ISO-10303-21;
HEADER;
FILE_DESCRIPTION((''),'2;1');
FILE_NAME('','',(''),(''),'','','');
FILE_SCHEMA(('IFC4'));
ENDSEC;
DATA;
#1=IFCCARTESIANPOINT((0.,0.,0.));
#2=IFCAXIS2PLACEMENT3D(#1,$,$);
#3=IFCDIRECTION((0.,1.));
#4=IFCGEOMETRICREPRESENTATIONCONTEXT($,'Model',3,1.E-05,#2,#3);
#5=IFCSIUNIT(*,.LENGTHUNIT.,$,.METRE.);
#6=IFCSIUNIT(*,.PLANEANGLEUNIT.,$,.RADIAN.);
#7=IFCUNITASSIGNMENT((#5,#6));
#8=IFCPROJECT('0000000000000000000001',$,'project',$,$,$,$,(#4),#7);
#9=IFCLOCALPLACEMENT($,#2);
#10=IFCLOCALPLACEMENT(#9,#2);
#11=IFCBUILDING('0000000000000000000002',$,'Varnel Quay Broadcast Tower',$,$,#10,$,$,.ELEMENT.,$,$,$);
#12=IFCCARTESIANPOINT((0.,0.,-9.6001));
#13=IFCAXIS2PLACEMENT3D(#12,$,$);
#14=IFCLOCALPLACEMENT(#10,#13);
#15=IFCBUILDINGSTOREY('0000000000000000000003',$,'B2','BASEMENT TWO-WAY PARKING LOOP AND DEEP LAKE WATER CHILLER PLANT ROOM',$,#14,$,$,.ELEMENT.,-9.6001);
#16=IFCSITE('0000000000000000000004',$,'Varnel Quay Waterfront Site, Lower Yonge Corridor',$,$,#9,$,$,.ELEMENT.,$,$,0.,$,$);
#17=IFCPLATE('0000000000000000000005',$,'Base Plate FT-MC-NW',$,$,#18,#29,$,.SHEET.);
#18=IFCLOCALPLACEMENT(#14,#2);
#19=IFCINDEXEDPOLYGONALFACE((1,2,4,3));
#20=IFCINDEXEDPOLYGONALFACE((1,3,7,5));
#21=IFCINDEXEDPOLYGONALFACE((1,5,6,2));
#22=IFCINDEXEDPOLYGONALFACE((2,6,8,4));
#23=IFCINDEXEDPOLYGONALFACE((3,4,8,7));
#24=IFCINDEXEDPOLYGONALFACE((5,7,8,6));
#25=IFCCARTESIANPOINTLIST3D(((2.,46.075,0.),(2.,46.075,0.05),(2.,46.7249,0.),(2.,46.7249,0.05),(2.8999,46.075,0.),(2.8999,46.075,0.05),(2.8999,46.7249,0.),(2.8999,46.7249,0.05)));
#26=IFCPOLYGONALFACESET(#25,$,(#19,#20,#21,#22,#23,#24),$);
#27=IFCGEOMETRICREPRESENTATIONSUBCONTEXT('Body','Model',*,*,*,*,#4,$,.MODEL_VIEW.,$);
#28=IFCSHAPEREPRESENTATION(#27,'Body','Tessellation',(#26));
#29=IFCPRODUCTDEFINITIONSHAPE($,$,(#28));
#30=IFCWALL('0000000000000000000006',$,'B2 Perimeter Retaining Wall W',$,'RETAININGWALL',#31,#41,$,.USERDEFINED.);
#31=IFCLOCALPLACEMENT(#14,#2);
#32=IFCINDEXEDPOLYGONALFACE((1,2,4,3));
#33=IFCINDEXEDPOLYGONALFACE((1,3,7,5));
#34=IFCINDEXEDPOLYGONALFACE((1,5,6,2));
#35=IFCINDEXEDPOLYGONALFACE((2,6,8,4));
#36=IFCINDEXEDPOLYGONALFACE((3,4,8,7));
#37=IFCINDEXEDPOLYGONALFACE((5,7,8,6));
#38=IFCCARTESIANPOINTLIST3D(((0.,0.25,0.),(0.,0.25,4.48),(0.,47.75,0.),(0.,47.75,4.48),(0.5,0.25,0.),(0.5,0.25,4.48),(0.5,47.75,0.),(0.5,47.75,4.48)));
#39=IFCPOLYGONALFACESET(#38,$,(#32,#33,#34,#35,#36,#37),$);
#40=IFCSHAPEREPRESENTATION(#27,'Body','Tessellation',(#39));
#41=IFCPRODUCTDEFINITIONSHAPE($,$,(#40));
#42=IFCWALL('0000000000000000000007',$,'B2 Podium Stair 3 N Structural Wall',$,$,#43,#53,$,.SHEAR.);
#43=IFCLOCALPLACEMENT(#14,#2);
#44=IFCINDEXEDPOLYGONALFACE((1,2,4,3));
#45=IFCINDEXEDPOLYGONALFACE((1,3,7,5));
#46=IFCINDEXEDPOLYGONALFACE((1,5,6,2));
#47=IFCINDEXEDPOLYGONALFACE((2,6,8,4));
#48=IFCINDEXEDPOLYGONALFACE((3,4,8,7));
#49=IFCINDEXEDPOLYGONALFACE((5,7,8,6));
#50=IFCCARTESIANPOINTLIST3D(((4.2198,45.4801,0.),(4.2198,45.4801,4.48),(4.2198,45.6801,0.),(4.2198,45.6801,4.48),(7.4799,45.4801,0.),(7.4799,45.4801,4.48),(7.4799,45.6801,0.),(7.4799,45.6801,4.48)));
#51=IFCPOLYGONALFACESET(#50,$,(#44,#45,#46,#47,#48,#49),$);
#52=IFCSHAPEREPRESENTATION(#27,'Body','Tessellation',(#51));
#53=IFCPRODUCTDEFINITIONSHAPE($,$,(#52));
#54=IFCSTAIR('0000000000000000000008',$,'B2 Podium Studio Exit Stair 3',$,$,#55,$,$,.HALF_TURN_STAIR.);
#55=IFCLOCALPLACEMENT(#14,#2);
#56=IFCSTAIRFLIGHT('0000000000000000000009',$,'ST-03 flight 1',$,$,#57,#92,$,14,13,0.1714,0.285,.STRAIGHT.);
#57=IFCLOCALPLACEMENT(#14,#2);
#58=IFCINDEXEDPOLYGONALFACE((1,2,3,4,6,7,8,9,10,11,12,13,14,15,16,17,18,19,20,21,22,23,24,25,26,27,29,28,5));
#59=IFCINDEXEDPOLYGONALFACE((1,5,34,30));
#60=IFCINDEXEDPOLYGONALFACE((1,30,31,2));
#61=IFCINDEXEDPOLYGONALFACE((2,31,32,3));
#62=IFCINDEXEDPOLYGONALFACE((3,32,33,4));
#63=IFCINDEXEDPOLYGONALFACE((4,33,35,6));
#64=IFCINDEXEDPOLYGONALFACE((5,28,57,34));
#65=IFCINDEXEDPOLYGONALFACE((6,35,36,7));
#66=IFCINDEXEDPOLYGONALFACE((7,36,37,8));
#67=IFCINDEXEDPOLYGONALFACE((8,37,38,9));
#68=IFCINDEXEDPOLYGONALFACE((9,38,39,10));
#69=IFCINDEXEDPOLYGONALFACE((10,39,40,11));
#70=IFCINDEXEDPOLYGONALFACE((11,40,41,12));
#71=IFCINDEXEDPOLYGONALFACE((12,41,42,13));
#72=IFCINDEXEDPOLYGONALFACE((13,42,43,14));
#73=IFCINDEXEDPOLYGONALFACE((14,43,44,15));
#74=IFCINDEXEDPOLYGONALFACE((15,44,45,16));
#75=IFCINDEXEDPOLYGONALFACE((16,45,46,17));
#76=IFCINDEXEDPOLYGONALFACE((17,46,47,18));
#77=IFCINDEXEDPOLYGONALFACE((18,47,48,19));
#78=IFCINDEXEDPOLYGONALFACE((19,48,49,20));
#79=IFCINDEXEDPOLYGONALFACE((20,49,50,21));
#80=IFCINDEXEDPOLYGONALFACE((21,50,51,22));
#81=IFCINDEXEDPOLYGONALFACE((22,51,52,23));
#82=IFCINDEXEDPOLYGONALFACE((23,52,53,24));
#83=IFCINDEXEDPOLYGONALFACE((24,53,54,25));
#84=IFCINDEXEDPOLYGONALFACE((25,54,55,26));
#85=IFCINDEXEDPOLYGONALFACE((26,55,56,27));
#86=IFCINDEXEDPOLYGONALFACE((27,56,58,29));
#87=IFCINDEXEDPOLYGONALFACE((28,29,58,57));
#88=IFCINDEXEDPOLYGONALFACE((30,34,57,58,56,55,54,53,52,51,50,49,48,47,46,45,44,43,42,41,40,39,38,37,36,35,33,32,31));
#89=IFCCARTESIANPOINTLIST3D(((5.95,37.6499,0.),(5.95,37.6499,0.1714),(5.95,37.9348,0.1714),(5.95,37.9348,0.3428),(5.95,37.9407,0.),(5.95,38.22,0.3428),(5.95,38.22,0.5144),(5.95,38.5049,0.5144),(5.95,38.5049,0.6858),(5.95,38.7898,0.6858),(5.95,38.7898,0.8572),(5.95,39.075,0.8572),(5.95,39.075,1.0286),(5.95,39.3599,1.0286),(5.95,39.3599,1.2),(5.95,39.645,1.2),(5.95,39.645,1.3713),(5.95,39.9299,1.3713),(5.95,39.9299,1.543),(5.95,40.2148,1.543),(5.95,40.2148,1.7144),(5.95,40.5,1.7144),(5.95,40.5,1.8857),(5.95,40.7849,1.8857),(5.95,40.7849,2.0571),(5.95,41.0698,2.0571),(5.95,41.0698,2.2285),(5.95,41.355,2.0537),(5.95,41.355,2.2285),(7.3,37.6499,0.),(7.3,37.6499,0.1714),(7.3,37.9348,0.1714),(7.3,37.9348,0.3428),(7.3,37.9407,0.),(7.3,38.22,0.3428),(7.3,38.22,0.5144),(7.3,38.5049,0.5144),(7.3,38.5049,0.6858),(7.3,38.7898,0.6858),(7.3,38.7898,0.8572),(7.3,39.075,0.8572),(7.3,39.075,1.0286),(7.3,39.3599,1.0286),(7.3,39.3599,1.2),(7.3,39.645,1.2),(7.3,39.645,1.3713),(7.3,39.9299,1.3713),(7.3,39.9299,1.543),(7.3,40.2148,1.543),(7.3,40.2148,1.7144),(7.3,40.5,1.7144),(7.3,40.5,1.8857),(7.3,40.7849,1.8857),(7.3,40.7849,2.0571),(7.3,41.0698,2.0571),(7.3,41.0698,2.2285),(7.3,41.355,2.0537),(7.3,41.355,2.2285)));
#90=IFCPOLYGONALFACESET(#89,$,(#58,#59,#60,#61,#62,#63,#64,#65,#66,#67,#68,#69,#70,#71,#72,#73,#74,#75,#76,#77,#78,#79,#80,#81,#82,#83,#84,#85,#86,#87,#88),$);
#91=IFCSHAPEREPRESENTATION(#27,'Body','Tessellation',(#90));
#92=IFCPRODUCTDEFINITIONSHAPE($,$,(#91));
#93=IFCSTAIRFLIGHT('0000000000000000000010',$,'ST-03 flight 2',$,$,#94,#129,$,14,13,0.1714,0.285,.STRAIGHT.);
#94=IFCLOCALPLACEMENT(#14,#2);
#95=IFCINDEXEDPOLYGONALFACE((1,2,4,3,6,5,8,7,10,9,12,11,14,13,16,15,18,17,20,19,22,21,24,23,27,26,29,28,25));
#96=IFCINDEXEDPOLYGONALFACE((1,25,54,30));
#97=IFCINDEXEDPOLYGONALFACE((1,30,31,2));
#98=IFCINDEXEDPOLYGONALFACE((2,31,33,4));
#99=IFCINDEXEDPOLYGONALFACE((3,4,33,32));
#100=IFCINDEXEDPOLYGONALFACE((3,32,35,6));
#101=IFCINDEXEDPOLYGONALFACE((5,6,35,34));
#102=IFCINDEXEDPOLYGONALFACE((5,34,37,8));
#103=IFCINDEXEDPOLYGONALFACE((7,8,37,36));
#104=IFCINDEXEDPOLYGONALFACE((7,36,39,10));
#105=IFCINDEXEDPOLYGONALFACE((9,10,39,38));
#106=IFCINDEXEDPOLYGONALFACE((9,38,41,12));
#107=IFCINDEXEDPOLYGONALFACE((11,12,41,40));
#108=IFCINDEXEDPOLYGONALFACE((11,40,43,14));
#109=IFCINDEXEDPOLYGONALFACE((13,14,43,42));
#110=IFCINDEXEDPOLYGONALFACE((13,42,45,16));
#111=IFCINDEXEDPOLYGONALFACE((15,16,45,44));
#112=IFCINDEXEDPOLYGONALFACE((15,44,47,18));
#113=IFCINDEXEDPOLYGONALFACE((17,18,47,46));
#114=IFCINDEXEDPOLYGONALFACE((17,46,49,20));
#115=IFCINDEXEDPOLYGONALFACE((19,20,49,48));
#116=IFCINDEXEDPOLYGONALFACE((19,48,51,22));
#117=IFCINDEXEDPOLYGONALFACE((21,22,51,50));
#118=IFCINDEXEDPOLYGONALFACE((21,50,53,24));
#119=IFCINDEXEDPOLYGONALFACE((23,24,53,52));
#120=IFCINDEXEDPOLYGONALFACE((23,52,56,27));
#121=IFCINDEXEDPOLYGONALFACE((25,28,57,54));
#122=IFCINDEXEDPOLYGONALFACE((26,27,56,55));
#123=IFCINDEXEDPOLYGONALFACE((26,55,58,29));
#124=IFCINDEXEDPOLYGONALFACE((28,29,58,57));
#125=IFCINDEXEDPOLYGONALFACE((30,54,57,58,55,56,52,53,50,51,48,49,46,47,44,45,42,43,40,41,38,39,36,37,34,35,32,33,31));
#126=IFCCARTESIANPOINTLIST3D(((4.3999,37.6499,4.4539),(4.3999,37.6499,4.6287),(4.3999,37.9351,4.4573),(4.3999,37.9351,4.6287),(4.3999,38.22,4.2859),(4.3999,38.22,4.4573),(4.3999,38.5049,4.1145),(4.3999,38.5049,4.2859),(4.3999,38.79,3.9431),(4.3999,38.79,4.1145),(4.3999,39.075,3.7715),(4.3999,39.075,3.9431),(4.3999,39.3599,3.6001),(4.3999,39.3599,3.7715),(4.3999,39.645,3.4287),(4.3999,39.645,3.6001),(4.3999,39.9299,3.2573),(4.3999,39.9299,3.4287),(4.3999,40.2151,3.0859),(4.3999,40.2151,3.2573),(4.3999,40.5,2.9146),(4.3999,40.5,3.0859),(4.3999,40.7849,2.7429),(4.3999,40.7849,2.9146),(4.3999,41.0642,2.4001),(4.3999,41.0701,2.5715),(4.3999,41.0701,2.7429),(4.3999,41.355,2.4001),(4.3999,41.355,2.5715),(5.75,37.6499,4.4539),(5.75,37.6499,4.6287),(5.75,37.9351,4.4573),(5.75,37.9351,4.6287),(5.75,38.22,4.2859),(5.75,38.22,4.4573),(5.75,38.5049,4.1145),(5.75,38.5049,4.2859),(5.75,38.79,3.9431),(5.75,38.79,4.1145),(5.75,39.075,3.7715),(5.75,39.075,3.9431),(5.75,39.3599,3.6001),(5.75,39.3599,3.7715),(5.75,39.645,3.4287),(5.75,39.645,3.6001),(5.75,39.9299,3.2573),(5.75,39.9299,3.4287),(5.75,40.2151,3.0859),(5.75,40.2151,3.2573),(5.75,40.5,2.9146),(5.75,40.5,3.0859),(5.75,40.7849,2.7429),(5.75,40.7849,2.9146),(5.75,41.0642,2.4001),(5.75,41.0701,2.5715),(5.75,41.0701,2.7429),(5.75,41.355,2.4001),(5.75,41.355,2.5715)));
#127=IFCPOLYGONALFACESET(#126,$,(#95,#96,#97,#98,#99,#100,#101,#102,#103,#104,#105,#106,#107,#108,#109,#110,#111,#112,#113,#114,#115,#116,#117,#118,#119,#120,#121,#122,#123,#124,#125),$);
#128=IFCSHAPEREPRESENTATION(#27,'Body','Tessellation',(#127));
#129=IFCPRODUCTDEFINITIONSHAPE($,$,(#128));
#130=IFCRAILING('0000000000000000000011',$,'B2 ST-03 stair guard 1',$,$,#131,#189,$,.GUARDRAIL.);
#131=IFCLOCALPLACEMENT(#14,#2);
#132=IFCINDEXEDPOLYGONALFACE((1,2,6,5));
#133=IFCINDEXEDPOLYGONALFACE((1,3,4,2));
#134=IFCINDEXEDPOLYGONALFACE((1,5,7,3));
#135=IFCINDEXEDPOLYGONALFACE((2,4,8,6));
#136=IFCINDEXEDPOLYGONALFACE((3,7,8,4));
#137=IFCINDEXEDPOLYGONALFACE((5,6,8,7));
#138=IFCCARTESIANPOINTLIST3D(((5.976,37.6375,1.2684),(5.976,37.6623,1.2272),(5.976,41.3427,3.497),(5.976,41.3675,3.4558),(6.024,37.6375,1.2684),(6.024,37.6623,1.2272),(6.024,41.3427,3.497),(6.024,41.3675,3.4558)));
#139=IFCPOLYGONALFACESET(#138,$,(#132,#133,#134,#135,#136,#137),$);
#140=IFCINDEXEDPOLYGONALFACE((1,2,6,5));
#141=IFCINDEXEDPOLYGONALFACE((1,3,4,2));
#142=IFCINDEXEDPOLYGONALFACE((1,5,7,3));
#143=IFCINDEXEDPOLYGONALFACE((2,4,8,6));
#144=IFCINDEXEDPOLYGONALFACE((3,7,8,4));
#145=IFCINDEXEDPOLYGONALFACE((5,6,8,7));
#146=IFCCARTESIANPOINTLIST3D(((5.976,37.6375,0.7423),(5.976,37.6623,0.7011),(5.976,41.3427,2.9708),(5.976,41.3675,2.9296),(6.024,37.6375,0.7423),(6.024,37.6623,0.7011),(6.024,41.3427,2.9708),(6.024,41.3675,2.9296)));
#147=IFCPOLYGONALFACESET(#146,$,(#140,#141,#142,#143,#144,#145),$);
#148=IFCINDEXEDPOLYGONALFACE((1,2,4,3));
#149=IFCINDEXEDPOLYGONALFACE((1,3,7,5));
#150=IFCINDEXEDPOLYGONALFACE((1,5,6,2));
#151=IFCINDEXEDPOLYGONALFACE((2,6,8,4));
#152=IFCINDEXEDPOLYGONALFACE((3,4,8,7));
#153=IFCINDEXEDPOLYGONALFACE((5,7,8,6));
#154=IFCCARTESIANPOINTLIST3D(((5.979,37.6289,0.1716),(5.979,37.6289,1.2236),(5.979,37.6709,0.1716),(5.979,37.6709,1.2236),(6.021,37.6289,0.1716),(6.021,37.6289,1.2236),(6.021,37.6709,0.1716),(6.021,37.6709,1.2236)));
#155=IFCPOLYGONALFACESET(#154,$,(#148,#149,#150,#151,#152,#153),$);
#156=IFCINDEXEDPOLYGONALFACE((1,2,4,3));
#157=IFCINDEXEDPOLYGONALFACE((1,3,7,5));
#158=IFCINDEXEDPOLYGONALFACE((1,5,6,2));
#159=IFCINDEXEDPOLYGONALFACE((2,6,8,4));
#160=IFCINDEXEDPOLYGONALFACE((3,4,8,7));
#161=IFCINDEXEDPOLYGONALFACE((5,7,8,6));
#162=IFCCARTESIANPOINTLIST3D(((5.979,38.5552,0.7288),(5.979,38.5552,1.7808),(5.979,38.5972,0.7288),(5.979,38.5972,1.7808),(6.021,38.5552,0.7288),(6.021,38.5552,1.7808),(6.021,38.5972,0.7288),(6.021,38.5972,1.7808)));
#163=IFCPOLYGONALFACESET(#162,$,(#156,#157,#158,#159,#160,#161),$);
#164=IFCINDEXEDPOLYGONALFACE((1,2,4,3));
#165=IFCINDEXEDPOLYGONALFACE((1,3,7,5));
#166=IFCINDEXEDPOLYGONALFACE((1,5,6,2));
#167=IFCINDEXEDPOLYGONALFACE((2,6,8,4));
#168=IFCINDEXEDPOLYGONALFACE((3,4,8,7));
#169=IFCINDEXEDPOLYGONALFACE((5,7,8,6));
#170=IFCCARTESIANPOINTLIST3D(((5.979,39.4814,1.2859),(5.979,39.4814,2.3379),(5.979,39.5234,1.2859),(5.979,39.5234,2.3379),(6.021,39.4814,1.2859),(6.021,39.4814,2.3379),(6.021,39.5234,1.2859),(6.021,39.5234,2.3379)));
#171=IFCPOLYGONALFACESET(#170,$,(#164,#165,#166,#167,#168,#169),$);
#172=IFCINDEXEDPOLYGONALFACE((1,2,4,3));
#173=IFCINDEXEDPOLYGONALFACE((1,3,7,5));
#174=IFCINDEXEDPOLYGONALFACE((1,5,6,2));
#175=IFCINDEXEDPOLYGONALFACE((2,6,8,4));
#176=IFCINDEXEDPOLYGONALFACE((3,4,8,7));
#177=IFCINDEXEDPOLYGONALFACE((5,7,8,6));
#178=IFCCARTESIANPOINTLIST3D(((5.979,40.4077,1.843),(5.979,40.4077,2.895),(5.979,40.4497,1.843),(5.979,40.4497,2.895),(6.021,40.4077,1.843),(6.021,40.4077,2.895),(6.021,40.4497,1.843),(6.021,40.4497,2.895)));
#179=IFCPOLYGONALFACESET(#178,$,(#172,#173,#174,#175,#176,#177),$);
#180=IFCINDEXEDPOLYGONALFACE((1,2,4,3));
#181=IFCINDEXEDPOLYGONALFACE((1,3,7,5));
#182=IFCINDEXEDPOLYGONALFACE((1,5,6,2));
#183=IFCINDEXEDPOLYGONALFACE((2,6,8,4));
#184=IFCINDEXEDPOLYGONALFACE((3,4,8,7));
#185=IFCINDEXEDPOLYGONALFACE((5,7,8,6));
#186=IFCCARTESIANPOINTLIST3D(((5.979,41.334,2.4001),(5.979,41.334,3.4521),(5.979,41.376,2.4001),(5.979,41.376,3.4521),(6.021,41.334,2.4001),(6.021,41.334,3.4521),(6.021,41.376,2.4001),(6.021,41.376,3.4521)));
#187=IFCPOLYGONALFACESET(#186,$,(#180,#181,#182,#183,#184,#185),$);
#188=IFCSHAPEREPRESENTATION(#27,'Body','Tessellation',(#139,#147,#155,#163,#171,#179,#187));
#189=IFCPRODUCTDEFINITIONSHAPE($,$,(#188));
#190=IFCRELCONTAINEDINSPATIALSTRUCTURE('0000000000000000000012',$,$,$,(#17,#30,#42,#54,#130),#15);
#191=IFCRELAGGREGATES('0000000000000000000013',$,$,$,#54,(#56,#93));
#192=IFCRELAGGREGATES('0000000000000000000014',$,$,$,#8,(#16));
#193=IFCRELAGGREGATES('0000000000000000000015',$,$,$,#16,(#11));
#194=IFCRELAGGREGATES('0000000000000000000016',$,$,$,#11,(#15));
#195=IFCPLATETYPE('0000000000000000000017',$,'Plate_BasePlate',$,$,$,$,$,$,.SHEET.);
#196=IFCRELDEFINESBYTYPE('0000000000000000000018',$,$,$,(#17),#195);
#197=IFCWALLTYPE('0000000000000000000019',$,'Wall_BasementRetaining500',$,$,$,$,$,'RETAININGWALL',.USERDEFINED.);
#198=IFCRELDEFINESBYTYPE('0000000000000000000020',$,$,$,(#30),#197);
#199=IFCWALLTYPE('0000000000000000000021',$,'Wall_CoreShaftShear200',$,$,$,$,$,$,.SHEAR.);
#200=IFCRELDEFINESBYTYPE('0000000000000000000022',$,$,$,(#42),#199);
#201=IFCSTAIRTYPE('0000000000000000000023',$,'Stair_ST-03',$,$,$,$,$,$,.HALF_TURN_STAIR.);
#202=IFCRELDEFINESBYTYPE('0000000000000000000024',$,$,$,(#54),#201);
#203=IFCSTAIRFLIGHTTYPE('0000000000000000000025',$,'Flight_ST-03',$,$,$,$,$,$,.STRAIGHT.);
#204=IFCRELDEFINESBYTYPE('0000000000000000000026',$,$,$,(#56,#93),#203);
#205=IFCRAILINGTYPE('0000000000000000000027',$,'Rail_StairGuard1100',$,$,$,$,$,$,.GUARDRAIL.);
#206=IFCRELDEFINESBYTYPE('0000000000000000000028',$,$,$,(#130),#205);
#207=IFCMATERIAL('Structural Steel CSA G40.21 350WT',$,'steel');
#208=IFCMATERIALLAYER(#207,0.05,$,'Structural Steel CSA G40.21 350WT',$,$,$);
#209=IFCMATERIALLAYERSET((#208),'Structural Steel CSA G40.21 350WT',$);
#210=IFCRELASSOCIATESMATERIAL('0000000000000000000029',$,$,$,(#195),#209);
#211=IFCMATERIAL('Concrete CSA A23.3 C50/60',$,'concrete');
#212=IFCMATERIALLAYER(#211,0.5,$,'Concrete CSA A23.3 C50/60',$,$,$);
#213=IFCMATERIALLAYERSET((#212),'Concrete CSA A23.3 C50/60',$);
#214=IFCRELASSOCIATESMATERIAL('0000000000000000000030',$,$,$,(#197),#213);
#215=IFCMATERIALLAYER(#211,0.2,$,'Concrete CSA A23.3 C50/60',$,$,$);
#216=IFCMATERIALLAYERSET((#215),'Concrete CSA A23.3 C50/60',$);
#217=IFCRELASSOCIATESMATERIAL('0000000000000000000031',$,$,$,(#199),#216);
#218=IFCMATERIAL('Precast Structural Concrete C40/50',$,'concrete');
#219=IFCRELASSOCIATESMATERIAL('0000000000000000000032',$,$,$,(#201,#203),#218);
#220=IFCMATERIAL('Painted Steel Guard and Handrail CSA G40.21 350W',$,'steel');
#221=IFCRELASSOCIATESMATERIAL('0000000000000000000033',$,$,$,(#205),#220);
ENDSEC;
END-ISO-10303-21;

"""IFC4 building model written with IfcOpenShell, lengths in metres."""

from ifc_helpers import new_model, si_unit, direction, frame, frame_2d, origin, origin_2d, place, context, subcontext, project, spatial, polyline, rectangle, outline, extrude, source, transform, mapped, material, layer, layer_set, type_object, type_shapes, element, aggregate, save


model = new_model("IFC4")

# Units and contexts
model_context = context("Model", 3, precision=1e-05, world=origin(), true_north=direction((0.0, 1.0)))
body_context = subcontext(model_context, "Body", "Model", "MODEL_VIEW")
ifc_project = project(units=[si_unit("LENGTHUNIT", "METRE"), si_unit("PLANEANGLEUNIT", "RADIAN")], contexts=[model_context])

# Site, building, storey
site_placement = place(None, origin())
site = spatial("IfcSite", under=ifc_project, at=site_placement, Name="Varnel Quay Waterfront Site, Lower Yonge Corridor", CompositionType="ELEMENT", RefElevation=0.0)
building_placement = place(site_placement, origin())
building = spatial("IfcBuilding", under=site, at=building_placement, Name="Varnel Quay Broadcast Tower", CompositionType="ELEMENT")
storey_placement = place(building_placement, frame((0.0, 0.0, -9.6001)))
storey = spatial("IfcBuildingStorey", under=building, at=storey_placement, Name="B2", Description="BASEMENT TWO-WAY PARKING LOOP AND DEEP LAKE WATER CHILLER PLANT ROOM", CompositionType="ELEMENT", Elevation=-9.6001)

# Shared definitions
ifc_material_1 = material(Name="Concrete CSA A23.3 C50/60", Category="concrete")

# Shared definitions
ifc_material_2 = material(Name="Structural Steel CSA G40.21 350WT", Category="steel")

# Plate
ifc_layer_1 = layer(ifc_material_2, 0.05, Name="Structural Steel CSA G40.21 350WT")
ifc_layer_set_1 = layer_set([ifc_layer_1], Name="Structural Steel CSA G40.21 350WT")
plate_type = type_object("IfcPlateType", Name="Plate_BasePlate", PredefinedType="SHEET", material=ifc_layer_set_1)
shared_shape_1 = source(origin(), body_context, "Body", "SweptSolid", [
    extrude(rectangle(XDim=0.8999, YDim=0.6499, at=origin_2d()), origin(), (0.0, 0.0, 1.0), 0.05),
])
type_shapes(plate_type, [shared_shape_1])
plate_placement = place(storey_placement, frame((2.45, 46.3999, 0.0), z_axis=(0.0, 0.0, 1.0), x_axis=(1.0, 0.0, 0.0)))
element("IfcPlate", 1, at=plate_placement, inside=storey, type_object=plate_type, Name="Base Plate FT-MC-NW", PredefinedType="SHEET", context=body_context, shape_type="MappedRepresentation", body=[
    mapped(shared_shape_1, transform((0.0, 0.0, 0.0), x_axis=(1.0, 0.0, 0.0), y_axis=(0.0, 1.0, 0.0), z_axis=(0.0, 0.0, 1.0), scale=1.0)),
])

# Walls
ifc_layer_2 = layer(ifc_material_1, 0.5, Name="Concrete CSA A23.3 C50/60")
ifc_layer_set_2 = layer_set([ifc_layer_2], Name="Concrete CSA A23.3 C50/60")
wall_type_1 = type_object("IfcWallType", Name="Wall_BasementRetaining500", ElementType="RETAININGWALL", PredefinedType="USERDEFINED", material=ifc_layer_set_2)
wall_1_placement = place(storey_placement, frame((0.25, 47.75, 0.0), z_axis=(0.0, 0.0, 1.0), x_axis=(0.0, -1.0, 0.0)))
element("IfcWall", 2, at=wall_1_placement, inside=storey, type_object=wall_type_1, Name="B2 Perimeter Retaining Wall W", ObjectType="RETAININGWALL", PredefinedType="USERDEFINED", context=body_context, shape_type="SweptSolid", body=[
    extrude(rectangle(XDim=47.5, YDim=0.5, at=frame_2d((23.75, 0.0))), origin(), (0.0, 0.0, 1.0), 4.48),
])
ifc_layer_3 = layer(ifc_material_1, 0.2, Name="Concrete CSA A23.3 C50/60")
ifc_layer_set_3 = layer_set([ifc_layer_3], Name="Concrete CSA A23.3 C50/60")
wall_type_2 = type_object("IfcWallType", Name="Wall_CoreShaftShear200", PredefinedType="SHEAR", material=ifc_layer_set_3)
wall_2_placement = place(storey_placement, frame((4.22, 45.5801, 0.0), z_axis=(0.0, 0.0, 1.0), x_axis=(1.0, 0.0, 0.0)))
element("IfcWall", 3, at=wall_2_placement, inside=storey, type_object=wall_type_2, Name="B2 Podium Stair 3 N Structural Wall", PredefinedType="SHEAR", context=body_context, shape_type="SweptSolid", body=[
    extrude(rectangle(XDim=3.26, YDim=0.2, at=frame_2d((1.6299, 0.0))), origin(), (0.0, 0.0, 1.0), 4.48),
])

# Stair, stair flights
ifc_material_3 = material(Name="Precast Structural Concrete C40/50", Category="concrete")
stair_type = type_object("IfcStairType", Name="Stair_ST-03", PredefinedType="HALF_TURN_STAIR", material=ifc_material_3)
stair_placement = place(storey_placement, origin())
stair = element("IfcStair", 4, at=stair_placement, inside=storey, type_object=stair_type, Name="B2 Podium Studio Exit Stair 3", PredefinedType="HALF_TURN_STAIR")
stair_flight_type = type_object("IfcStairFlightType", Name="Flight_ST-03", PredefinedType="STRAIGHT", material=ifc_material_3)
stair_flight_1_placement = place(storey_placement, frame((6.625, 37.6499, 0.0), z_axis=(0.0, 0.0, 1.0), x_axis=(0.0, 1.0, 0.0)))
stair_flight_1 = element("IfcStairFlight", 5, at=stair_flight_1_placement, type_object=stair_flight_type, Name="ST-03 flight 1", NumberOfRisers=14, NumberOfTreads=13, PredefinedType="STRAIGHT", RiserHeight=0.1714, TreadLength=0.285, context=body_context, shape_type="SweptSolid", body=[
    extrude(outline(polyline([(0.0, 0.0), (0.0, 0.1714), (0.2849, 0.1714), (0.2849, 0.3428), (0.5701, 0.3428), (0.5701, 0.5144), (0.855, 0.5144), (0.855, 0.6858), (1.1399, 0.6858), (1.1399, 0.8572), (1.425, 0.8572), (1.425, 1.0286), (1.71, 1.0286), (1.71, 1.2), (1.9951, 1.2), (1.9951, 1.3713), (2.28, 1.3713), (2.28, 1.543), (2.5649, 1.543), (2.5649, 1.7144), (2.8501, 1.7144), (2.8501, 1.8857), (3.135, 1.8857), (3.135, 2.0571), (3.4199, 2.0571), (3.4199, 2.2285), (3.7051, 2.2285), (3.7051, 2.3999), (3.7051, 2.0537), (0.2908, 0.0), (0.0, 0.0)])), frame((0.0, 0.675, 0.0), z_axis=(0.0, -1.0, 0.0), x_axis=(1.0, 0.0, 0.0)), (0.0, 0.0, 1.0), 1.3501),
])
stair_flight_2_placement = place(storey_placement, frame((5.075, 41.355, 2.4001), z_axis=(0.0, 0.0, 1.0), x_axis=(0.0, -1.0, 0.0)))
stair_flight_2 = element("IfcStairFlight", 6, at=stair_flight_2_placement, type_object=stair_flight_type, Name="ST-03 flight 2", NumberOfRisers=14, NumberOfTreads=13, PredefinedType="STRAIGHT", RiserHeight=0.1714, TreadLength=0.285, context=body_context, shape_type="SweptSolid", body=[
    extrude(outline(polyline([(0.0, 0.0), (0.0, 0.1714), (0.2849, 0.1714), (0.2849, 0.3428), (0.5701, 0.3428), (0.5701, 0.5144), (0.855, 0.5144), (0.855, 0.6858), (1.1399, 0.6858), (1.1399, 0.8572), (1.425, 0.8572), (1.425, 1.0286), (1.71, 1.0286), (1.71, 1.2), (1.9951, 1.2), (1.9951, 1.3713), (2.28, 1.3713), (2.28, 1.543), (2.5649, 1.543), (2.5649, 1.7144), (2.8501, 1.7144), (2.8501, 1.8857), (3.135, 1.8857), (3.135, 2.0571), (3.4199, 2.0571), (3.4199, 2.2285), (3.7051, 2.2285), (3.7051, 2.3999), (3.7051, 2.0537), (0.2908, 0.0), (0.0, 0.0)])), frame((0.0, 0.675, 0.0), z_axis=(0.0, -1.0, 0.0), x_axis=(1.0, 0.0, 0.0)), (0.0, 0.0, 1.0), 1.3501),
])
aggregate(stair, [stair_flight_1, stair_flight_2])

# Railing
ifc_material_4 = material(Name="Painted Steel Guard and Handrail CSA G40.21 350W", Category="steel")
railing_type_1 = type_object("IfcRailingType", Name="Rail_StairGuard1100", PredefinedType="GUARDRAIL", material=ifc_material_4)
railing_1_placement = place(storey_placement, frame((6.0, 37.6499, 0.1716)))
element("IfcRailing", 7, at=railing_1_placement, inside=storey, type_object=railing_type_1, Name="B2 ST-03 stair guard 1", PredefinedType="GUARDRAIL", context=body_context, shape_type="SweptSolid", body=[
    extrude(rectangle(XDim=0.0481, YDim=0.0481, at=origin_2d()), frame((0.0, 0.0, 1.0762), z_axis=(0.0, 0.856934, 0.515425), x_axis=(-1.0, 0.0, 0.0)), (0.0, 0.0, 1.0), 4.3237),
    extrude(rectangle(XDim=0.0481, YDim=0.0481, at=origin_2d()), frame((0.0, 0.0, 0.55), z_axis=(0.0, 0.856934, 0.515425), x_axis=(-1.0, 0.0, 0.0)), (0.0, 0.0, 1.0), 4.3237),
    extrude(rectangle(XDim=0.042, YDim=0.042, at=origin_2d()), origin(), (0.0, 0.0, 1.0), 1.052),
    extrude(rectangle(XDim=0.042, YDim=0.042, at=origin_2d()), frame((0.0, 0.9263, 0.5571)), (0.0, 0.0, 1.0), 1.052),
    extrude(rectangle(XDim=0.042, YDim=0.042, at=origin_2d()), frame((0.0, 1.8525, 1.1143)), (0.0, 0.0, 1.0), 1.052),
    extrude(rectangle(XDim=0.042, YDim=0.042, at=origin_2d()), frame((0.0, 2.7788, 1.6714)), (0.0, 0.0, 1.0), 1.052),
    extrude(rectangle(XDim=0.042, YDim=0.042, at=origin_2d()), frame((0.0, 3.7051, 2.2285)), (0.0, 0.0, 1.0), 1.052),
])

save(model, "model.ifc")
